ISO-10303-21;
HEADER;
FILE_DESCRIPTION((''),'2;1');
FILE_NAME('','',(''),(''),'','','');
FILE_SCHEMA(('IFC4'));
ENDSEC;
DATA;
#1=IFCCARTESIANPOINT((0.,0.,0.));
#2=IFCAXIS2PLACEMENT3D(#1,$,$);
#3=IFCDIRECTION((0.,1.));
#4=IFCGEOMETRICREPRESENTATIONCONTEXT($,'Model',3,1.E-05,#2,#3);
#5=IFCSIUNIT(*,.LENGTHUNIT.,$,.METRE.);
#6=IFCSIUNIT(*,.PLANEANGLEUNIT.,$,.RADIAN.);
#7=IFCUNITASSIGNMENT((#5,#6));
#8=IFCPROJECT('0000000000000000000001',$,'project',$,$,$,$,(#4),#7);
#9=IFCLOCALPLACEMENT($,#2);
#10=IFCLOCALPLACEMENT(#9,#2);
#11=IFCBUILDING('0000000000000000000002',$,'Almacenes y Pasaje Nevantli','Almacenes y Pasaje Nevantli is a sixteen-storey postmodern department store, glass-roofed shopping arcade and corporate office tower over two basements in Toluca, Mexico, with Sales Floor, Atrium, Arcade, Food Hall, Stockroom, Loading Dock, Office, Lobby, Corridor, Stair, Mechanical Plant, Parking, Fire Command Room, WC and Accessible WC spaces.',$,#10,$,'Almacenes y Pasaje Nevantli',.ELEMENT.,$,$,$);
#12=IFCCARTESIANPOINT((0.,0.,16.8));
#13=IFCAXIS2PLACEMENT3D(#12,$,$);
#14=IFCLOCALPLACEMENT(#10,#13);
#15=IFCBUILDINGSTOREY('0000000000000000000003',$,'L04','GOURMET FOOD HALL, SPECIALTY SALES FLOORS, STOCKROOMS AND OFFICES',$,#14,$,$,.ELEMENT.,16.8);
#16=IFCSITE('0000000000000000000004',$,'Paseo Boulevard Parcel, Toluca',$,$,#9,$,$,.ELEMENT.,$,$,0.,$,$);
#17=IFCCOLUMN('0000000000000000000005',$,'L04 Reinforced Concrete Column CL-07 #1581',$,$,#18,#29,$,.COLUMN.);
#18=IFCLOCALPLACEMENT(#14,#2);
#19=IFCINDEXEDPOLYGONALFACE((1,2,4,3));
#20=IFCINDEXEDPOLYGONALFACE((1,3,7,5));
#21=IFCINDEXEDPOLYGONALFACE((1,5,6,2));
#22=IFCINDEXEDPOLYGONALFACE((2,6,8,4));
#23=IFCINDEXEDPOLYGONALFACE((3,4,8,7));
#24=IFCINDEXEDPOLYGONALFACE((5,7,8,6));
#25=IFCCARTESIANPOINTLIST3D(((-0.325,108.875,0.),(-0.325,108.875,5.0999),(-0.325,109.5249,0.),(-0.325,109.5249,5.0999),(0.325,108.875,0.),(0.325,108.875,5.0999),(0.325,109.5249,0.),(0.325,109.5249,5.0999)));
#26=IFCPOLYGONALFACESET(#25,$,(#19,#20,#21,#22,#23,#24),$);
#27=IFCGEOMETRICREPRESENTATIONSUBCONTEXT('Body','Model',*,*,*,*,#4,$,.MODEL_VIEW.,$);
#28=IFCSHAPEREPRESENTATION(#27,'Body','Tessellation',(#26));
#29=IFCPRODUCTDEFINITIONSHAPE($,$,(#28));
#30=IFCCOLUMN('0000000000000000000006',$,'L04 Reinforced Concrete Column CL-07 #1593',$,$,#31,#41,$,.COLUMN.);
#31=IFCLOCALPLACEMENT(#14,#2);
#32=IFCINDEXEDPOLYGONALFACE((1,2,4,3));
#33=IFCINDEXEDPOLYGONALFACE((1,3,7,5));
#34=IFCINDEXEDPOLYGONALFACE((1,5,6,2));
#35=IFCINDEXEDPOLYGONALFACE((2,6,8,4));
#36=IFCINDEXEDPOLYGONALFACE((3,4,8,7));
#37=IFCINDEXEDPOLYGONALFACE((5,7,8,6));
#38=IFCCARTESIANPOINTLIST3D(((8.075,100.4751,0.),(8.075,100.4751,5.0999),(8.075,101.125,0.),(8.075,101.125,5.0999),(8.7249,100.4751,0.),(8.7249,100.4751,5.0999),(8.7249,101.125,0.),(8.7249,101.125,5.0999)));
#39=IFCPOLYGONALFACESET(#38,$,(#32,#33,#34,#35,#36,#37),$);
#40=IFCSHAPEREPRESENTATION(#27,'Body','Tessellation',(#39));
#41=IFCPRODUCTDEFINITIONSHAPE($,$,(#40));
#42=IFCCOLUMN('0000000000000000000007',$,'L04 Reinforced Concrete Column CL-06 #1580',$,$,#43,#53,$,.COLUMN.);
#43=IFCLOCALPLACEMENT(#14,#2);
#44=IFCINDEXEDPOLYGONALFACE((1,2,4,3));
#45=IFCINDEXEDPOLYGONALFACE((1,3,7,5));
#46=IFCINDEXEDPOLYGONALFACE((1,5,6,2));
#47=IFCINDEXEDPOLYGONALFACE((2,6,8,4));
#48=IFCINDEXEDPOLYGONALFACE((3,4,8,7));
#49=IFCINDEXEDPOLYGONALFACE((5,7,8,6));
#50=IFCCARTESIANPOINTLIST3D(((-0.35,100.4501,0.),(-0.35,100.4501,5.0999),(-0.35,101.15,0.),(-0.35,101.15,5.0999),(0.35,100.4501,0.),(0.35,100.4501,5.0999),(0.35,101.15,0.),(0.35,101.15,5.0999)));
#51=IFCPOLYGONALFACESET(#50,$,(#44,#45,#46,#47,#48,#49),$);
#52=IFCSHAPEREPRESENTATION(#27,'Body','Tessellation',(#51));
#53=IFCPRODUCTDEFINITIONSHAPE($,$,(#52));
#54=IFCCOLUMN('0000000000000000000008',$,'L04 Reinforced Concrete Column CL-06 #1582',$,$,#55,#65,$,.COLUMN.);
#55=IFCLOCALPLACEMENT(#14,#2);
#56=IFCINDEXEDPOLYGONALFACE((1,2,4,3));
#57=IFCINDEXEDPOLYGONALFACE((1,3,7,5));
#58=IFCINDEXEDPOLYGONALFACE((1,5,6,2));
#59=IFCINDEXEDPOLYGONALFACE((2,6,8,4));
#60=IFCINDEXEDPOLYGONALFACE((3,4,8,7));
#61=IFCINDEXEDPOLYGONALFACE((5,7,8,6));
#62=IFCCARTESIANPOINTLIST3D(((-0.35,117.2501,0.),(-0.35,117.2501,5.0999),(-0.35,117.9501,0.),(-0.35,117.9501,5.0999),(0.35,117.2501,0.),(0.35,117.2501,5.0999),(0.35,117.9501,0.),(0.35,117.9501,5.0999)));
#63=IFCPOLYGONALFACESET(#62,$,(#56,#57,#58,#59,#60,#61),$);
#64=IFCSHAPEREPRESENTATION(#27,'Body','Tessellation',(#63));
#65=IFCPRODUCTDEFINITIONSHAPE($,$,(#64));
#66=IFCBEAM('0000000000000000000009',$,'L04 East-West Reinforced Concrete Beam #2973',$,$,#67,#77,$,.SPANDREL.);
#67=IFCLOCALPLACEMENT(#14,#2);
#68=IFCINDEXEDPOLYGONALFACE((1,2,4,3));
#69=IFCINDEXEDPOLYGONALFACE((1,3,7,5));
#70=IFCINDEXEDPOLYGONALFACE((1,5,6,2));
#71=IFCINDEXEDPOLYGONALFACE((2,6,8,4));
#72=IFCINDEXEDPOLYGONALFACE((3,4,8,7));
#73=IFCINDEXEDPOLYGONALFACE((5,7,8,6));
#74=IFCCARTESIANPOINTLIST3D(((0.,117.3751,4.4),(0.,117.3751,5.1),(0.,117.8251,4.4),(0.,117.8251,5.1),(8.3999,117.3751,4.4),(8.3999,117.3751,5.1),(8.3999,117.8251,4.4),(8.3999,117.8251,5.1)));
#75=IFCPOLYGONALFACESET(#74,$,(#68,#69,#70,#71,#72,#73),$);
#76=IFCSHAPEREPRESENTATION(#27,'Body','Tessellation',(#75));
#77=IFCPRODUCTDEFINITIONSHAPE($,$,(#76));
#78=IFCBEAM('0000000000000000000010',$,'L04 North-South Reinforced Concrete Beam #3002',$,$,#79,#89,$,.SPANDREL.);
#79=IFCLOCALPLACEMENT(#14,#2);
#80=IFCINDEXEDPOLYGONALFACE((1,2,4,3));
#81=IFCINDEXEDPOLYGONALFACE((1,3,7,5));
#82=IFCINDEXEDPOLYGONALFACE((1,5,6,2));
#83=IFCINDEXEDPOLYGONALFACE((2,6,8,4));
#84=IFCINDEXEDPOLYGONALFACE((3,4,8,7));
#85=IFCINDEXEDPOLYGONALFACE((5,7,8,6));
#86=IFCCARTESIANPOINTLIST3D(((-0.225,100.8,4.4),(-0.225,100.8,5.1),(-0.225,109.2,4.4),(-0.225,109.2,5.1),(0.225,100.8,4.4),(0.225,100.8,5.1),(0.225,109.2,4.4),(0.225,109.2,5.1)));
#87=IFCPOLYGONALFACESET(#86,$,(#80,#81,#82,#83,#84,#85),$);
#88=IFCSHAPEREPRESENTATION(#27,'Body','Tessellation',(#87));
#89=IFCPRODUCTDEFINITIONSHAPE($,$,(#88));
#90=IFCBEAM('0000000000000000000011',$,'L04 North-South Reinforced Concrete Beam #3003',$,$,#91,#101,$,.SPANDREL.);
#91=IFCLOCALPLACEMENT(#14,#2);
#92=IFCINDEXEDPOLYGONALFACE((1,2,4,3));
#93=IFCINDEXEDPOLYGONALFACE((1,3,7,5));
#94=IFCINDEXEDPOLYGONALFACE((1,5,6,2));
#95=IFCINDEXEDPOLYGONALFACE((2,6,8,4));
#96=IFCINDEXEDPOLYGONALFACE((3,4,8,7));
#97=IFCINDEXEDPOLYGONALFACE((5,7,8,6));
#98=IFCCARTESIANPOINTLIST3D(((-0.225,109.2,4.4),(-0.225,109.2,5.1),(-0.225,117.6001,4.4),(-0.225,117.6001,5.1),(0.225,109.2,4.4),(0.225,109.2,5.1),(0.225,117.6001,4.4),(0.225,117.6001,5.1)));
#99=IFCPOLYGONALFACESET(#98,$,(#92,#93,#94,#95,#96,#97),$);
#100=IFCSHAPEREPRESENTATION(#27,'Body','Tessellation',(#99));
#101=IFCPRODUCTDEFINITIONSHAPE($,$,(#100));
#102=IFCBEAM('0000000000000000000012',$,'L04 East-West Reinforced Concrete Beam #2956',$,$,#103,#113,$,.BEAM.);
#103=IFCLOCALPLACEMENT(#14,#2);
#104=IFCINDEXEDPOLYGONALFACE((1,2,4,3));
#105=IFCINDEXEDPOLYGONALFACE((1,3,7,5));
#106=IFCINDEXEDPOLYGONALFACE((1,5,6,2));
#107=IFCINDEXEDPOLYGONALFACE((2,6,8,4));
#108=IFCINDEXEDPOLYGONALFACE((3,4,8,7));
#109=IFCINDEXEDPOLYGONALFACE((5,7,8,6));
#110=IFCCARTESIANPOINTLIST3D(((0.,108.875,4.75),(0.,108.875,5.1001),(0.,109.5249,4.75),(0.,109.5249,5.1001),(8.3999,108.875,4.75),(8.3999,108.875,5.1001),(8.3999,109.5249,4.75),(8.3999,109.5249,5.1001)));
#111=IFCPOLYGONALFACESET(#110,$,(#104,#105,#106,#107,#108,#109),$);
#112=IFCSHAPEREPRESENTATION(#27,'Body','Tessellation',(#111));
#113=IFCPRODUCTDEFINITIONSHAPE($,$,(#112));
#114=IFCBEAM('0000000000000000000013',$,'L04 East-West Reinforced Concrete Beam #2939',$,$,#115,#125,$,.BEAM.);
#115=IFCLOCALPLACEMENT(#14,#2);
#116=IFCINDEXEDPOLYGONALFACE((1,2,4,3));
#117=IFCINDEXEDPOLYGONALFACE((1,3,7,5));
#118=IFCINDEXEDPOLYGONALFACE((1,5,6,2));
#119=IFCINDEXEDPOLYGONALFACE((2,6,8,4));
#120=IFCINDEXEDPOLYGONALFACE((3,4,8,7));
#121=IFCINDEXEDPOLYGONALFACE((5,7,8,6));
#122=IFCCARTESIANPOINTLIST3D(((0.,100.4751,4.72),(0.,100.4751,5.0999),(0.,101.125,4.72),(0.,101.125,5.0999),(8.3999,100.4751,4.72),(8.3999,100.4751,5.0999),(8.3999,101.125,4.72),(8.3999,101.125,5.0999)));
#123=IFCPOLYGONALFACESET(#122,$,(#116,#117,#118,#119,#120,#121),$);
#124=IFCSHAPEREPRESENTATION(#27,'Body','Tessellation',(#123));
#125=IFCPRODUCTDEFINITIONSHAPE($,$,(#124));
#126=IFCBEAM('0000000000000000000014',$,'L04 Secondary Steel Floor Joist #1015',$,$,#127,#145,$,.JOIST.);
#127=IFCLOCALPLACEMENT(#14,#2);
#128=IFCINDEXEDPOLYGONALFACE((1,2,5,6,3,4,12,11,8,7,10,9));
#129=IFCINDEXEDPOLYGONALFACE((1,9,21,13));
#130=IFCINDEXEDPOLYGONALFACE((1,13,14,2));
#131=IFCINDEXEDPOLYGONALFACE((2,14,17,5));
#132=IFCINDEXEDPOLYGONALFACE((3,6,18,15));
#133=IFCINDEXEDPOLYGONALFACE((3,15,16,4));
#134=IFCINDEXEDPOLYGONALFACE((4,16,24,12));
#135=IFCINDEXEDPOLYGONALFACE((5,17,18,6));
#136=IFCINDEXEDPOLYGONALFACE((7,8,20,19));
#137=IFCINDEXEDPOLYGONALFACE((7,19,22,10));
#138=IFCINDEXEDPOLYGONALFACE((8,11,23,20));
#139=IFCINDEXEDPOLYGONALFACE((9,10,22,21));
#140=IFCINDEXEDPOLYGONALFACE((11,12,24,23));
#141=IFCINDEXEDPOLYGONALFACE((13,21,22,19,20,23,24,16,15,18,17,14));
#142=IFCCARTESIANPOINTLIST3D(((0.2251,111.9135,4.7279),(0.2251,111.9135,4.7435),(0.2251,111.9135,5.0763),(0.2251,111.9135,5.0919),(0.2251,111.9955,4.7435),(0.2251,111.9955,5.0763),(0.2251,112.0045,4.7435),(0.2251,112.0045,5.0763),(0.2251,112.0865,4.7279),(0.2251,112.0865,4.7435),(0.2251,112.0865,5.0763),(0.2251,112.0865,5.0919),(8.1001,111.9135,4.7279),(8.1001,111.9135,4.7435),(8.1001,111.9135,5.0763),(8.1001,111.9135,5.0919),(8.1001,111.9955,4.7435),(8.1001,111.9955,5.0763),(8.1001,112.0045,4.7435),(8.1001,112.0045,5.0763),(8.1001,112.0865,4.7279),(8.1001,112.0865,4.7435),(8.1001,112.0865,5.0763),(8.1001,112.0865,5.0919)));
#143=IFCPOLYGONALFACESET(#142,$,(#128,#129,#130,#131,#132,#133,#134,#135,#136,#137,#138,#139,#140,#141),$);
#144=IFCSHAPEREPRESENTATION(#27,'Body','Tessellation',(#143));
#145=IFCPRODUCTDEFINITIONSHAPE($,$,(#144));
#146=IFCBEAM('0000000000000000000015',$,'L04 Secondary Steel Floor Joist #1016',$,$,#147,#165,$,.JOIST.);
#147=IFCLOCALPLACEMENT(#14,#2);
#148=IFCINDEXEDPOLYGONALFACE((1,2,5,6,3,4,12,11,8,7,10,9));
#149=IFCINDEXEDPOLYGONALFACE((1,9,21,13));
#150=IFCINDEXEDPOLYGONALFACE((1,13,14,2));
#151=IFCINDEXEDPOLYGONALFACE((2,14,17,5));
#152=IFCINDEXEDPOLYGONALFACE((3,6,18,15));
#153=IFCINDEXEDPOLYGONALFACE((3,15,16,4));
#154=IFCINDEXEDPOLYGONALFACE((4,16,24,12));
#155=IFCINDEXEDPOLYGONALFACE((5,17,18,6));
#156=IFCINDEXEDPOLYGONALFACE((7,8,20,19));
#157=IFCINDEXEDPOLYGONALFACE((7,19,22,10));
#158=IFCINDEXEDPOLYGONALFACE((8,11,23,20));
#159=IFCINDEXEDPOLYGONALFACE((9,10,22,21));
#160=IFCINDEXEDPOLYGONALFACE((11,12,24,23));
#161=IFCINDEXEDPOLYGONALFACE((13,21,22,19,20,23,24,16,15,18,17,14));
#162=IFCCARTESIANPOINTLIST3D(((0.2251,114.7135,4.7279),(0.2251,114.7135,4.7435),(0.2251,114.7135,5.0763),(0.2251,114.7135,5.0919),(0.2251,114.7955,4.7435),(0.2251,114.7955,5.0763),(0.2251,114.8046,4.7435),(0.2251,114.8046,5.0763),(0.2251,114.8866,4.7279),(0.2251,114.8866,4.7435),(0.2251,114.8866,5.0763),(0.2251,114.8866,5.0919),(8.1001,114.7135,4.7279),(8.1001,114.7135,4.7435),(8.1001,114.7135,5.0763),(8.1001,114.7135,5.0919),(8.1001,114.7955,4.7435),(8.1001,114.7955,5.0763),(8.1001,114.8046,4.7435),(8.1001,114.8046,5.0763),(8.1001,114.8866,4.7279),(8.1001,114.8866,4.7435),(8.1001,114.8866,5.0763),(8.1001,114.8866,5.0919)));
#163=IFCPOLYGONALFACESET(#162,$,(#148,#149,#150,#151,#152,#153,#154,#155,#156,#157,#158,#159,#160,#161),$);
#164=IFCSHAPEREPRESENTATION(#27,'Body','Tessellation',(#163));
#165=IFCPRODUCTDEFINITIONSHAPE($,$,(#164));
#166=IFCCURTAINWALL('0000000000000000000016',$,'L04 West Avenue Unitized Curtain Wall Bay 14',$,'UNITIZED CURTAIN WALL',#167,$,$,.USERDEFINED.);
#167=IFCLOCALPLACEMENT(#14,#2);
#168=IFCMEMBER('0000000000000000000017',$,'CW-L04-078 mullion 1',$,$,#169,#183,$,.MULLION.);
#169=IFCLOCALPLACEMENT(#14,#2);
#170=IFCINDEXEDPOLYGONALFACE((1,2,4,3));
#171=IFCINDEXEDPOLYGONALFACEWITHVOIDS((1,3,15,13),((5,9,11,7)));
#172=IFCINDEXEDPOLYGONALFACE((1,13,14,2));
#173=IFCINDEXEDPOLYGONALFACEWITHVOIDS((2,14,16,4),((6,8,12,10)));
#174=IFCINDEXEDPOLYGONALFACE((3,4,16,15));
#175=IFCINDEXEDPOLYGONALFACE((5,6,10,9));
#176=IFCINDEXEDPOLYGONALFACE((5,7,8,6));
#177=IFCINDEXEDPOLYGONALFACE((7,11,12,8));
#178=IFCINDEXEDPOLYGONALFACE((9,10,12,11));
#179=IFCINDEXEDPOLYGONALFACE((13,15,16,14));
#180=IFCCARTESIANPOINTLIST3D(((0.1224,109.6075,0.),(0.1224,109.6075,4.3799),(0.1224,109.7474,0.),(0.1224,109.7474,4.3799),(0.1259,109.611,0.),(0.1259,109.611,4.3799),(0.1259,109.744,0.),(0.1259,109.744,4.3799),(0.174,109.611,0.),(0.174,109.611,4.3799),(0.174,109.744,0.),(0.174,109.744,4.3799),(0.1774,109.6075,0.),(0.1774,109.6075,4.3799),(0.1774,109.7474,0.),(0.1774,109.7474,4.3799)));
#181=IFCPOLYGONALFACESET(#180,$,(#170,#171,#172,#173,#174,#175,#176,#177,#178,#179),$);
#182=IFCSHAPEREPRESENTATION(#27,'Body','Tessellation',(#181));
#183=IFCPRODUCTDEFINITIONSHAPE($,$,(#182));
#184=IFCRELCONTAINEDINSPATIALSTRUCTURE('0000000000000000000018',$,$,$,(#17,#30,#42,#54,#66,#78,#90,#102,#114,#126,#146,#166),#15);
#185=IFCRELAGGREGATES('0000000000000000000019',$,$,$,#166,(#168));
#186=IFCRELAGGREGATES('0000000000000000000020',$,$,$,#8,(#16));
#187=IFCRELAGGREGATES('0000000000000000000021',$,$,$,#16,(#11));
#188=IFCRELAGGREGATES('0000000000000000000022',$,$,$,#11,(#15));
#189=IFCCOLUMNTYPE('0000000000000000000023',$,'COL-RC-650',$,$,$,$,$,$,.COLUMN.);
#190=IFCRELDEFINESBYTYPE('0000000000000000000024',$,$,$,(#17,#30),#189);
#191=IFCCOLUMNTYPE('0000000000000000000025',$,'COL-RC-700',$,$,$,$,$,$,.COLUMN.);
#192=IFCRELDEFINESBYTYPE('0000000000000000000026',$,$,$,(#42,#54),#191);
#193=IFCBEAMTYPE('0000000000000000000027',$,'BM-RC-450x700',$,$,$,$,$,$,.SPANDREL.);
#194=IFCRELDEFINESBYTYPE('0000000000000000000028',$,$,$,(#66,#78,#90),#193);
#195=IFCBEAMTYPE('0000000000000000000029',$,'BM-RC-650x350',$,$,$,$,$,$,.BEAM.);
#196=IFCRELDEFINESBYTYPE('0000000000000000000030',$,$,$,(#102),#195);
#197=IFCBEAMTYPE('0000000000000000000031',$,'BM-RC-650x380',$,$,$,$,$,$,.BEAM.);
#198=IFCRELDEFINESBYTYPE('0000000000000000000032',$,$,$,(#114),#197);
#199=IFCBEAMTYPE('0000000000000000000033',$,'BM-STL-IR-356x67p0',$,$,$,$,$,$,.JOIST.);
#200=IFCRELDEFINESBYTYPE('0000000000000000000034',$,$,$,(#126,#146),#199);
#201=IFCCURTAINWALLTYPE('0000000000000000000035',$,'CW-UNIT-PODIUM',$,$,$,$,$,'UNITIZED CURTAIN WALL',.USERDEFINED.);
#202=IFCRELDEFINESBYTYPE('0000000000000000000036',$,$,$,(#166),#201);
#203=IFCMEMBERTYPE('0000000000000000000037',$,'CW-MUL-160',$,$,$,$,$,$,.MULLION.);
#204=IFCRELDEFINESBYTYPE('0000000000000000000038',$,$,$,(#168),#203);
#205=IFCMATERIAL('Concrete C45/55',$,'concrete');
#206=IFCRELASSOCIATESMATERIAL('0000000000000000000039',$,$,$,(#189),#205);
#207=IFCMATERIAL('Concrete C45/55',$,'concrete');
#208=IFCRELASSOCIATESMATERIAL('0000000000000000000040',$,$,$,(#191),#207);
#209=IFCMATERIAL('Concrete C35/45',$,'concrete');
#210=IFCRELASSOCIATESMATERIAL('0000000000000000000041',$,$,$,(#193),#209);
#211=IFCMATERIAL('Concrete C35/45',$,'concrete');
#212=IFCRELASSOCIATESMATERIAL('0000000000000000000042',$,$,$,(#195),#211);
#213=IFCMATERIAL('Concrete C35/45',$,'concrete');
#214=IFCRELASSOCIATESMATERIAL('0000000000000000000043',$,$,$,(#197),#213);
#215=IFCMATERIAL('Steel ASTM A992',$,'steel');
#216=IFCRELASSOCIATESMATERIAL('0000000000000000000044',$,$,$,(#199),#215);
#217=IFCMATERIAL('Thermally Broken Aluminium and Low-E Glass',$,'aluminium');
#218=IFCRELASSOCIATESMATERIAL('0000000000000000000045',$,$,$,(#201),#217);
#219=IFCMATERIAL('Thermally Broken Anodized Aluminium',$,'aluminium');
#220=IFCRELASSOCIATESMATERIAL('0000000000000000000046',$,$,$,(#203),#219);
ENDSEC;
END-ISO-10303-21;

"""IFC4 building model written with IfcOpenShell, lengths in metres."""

from ifc_helpers import new_model, si_unit, direction, frame, origin, origin_2d, place, context, subcontext, project, spatial, rectangle, hollow_rectangle, i_section, extrude, material, material_profile, profile_set, type_object, element, aggregate, save


model = new_model("IFC4")

# Units and contexts
model_context = context("Model", 3, precision=1e-05, world=origin(), true_north=direction((0.0, 1.0)))
body_context = subcontext(model_context, "Body", "Model", "MODEL_VIEW")
ifc_project = project(units=[si_unit("LENGTHUNIT", "METRE"), si_unit("PLANEANGLEUNIT", "RADIAN")], contexts=[model_context])

# Site, building, storey
site_placement = place(None, origin())
site = spatial("IfcSite", under=ifc_project, at=site_placement, Name="Paseo Boulevard Parcel, Toluca", CompositionType="ELEMENT", RefElevation=0.0)
building_placement = place(site_placement, origin())
building = spatial("IfcBuilding", under=site, at=building_placement, Name="Almacenes y Pasaje Nevantli", Description="Almacenes y Pasaje Nevantli is a sixteen-storey postmodern department store, glass-roofed shopping arcade and corporate office tower over two basements in Toluca, Mexico, with Sales Floor, Atrium, Arcade, Food Hall, Stockroom, Loading Dock, Office, Lobby, Corridor, Stair, Mechanical Plant, Parking, Fire Command Room, WC and Accessible WC spaces.", LongName="Almacenes y Pasaje Nevantli", CompositionType="ELEMENT")
storey_placement = place(building_placement, frame((0.0, 0.0, 16.8)))
storey = spatial("IfcBuildingStorey", under=building, at=storey_placement, Name="L04", Description="GOURMET FOOD HALL, SPECIALTY SALES FLOORS, STOCKROOMS AND OFFICES", CompositionType="ELEMENT", Elevation=16.8)

# Columns
ifc_material_1 = material(Name="Concrete C45/55", Category="concrete")
ifc_material_profile_1 = material_profile(ifc_material_1, rectangle(XDim=0.6499, YDim=0.6499, at=origin_2d()), Name="RC-COL-650x650")
ifc_profile_set_1 = profile_set([ifc_material_profile_1], Name="Concrete C45/55")
column_type_1 = type_object("IfcColumnType", Name="COL-RC-650", PredefinedType="COLUMN", material=ifc_profile_set_1)
for number, where, z_axis, x_axis, name in (
    (1, (0.0, 109.2, 0.0), (0.0, 0.0, 1.0), (1.0, 0.0, 0.0), "L04 Reinforced Concrete Column CL-07 #1581"),
    (2, (8.3999, 100.8, 0.0), (0.0, 0.0, 1.0), (1.0, 0.0, 0.0), "L04 Reinforced Concrete Column CL-07 #1593"),
):
    element("IfcColumn", number, at=place(storey_placement, frame(where, z_axis=z_axis, x_axis=x_axis)), inside=storey, type_object=column_type_1, Name=name, PredefinedType="COLUMN", context=body_context, shape_type="SweptSolid", body=[
        extrude(rectangle(XDim=0.6499, YDim=0.6499, at=origin_2d()), origin(), (0.0, 0.0, 1.0), 5.0999),
    ])
ifc_material_2 = material(Name="Concrete C45/55", Category="concrete")
ifc_material_profile_2 = material_profile(ifc_material_2, rectangle(XDim=0.7, YDim=0.7, at=origin_2d()), Name="RC-COL-700x700")
ifc_profile_set_2 = profile_set([ifc_material_profile_2], Name="Concrete C45/55")
column_type_2 = type_object("IfcColumnType", Name="COL-RC-700", PredefinedType="COLUMN", material=ifc_profile_set_2)
for number, where, z_axis, x_axis, name in (
    (3, (0.0, 100.8, 0.0), (0.0, 0.0, 1.0), (1.0, 0.0, 0.0), "L04 Reinforced Concrete Column CL-06 #1580"),
    (4, (0.0, 117.6001, 0.0), (0.0, 0.0, 1.0), (1.0, 0.0, 0.0), "L04 Reinforced Concrete Column CL-06 #1582"),
):
    element("IfcColumn", number, at=place(storey_placement, frame(where, z_axis=z_axis, x_axis=x_axis)), inside=storey, type_object=column_type_2, Name=name, PredefinedType="COLUMN", context=body_context, shape_type="SweptSolid", body=[
        extrude(rectangle(XDim=0.7, YDim=0.7, at=origin_2d()), origin(), (0.0, 0.0, 1.0), 5.0999),
    ])

# Beams
ifc_material_3 = material(Name="Concrete C35/45", Category="concrete")
ifc_material_profile_3 = material_profile(ifc_material_3, rectangle(XDim=0.45, YDim=0.7, at=origin_2d()), Name="RC-BM-450x700")
ifc_profile_set_3 = profile_set([ifc_material_profile_3], Name="Concrete C35/45")
beam_type_1 = type_object("IfcBeamType", Name="BM-RC-450x700", PredefinedType="SPANDREL", material=ifc_profile_set_3)
for number, where, z_axis, x_axis, name in (
    (5, (0.0, 117.6001, 4.75), (1.0, 0.0, 0.0), (0.0, 1.0, 0.0), "L04 East-West Reinforced Concrete Beam #2973"),
    (6, (0.0, 100.8, 4.75), (0.0, 1.0, 0.0), (-1.0, 0.0, 0.0), "L04 North-South Reinforced Concrete Beam #3002"),
):
    element("IfcBeam", number, at=place(storey_placement, frame(where, z_axis=z_axis, x_axis=x_axis)), inside=storey, type_object=beam_type_1, Name=name, PredefinedType="SPANDREL", context=body_context, shape_type="SweptSolid", body=[
        extrude(rectangle(XDim=0.45, YDim=0.7, at=origin_2d()), origin(), (0.0, 0.0, 1.0), 8.3999),
    ])
beam_1_placement = place(storey_placement, frame((0.0, 109.2, 4.75), z_axis=(0.0, 1.0, 0.0), x_axis=(-1.0, 0.0, 0.0)))
element("IfcBeam", 7, at=beam_1_placement, inside=storey, type_object=beam_type_1, Name="L04 North-South Reinforced Concrete Beam #3003", PredefinedType="SPANDREL", context=body_context, shape_type="SweptSolid", body=[
    extrude(rectangle(XDim=0.45, YDim=0.7, at=origin_2d()), origin(), (0.0, 0.0, 1.0), 8.4001),
])
ifc_material_4 = material(Name="Concrete C35/45", Category="concrete")
ifc_material_profile_4 = material_profile(ifc_material_4, rectangle(XDim=0.6499, YDim=0.3501, at=origin_2d()), Name="RC-BM-650x350")
ifc_profile_set_4 = profile_set([ifc_material_profile_4], Name="Concrete C35/45")
beam_type_2 = type_object("IfcBeamType", Name="BM-RC-650x350", PredefinedType="BEAM", material=ifc_profile_set_4)
beam_2_placement = place(storey_placement, frame((0.0, 109.2, 4.925), z_axis=(1.0, 0.0, 0.0), x_axis=(0.0, 1.0, 0.0)))
element("IfcBeam", 8, at=beam_2_placement, inside=storey, type_object=beam_type_2, Name="L04 East-West Reinforced Concrete Beam #2956", PredefinedType="BEAM", context=body_context, shape_type="SweptSolid", body=[
    extrude(rectangle(XDim=0.6499, YDim=0.3501, at=origin_2d()), origin(), (0.0, 0.0, 1.0), 8.3999),
])
ifc_material_5 = material(Name="Concrete C35/45", Category="concrete")
ifc_material_profile_5 = material_profile(ifc_material_5, rectangle(XDim=0.6499, YDim=0.3799, at=origin_2d()), Name="RC-BM-650x380")
ifc_profile_set_5 = profile_set([ifc_material_profile_5], Name="Concrete C35/45")
beam_type_3 = type_object("IfcBeamType", Name="BM-RC-650x380", PredefinedType="BEAM", material=ifc_profile_set_5)
beam_3_placement = place(storey_placement, frame((0.0, 100.8, 4.9099), z_axis=(1.0, 0.0, 0.0), x_axis=(0.0, 1.0, 0.0)))
element("IfcBeam", 9, at=beam_3_placement, inside=storey, type_object=beam_type_3, Name="L04 East-West Reinforced Concrete Beam #2939", PredefinedType="BEAM", context=body_context, shape_type="SweptSolid", body=[
    extrude(rectangle(XDim=0.6499, YDim=0.3799, at=origin_2d()), origin(), (0.0, 0.0, 1.0), 8.3999),
])
ifc_material_6 = material(Name="Steel ASTM A992", Category="steel")
ifc_material_profile_6 = material_profile(ifc_material_6, i_section(OverallWidth=0.1731, OverallDepth=0.364, WebThickness=0.009, FlangeThickness=0.0156, at=origin_2d()), Name="IR 356x67.0")
ifc_profile_set_6 = profile_set([ifc_material_profile_6], Name="Steel ASTM A992")
beam_type_4 = type_object("IfcBeamType", Name="BM-STL-IR-356x67p0", PredefinedType="JOIST", material=ifc_profile_set_6)
for number, where, z_axis, x_axis, name in (
    (10, (0.2251, 112.0, 4.9099), (1.0, 0.0, 0.0), (0.0, 1.0, 0.0), "L04 Secondary Steel Floor Joist #1015"),
    (11, (0.2251, 114.8, 4.9099), (1.0, 0.0, 0.0), (0.0, 1.0, 0.0), "L04 Secondary Steel Floor Joist #1016"),
):
    element("IfcBeam", number, at=place(storey_placement, frame(where, z_axis=z_axis, x_axis=x_axis)), inside=storey, type_object=beam_type_4, Name=name, PredefinedType="JOIST", context=body_context, shape_type="SweptSolid", body=[
        extrude(i_section(OverallWidth=0.1731, OverallDepth=0.364, WebThickness=0.009, FlangeThickness=0.0156, at=origin_2d()), origin(), (0.0, 0.0, 1.0), 7.875),
    ])

# Curtain wall, member
ifc_material_7 = material(Name="Thermally Broken Aluminium and Low-E Glass", Category="aluminium")
curtain_wall_type = type_object("IfcCurtainWallType", Name="CW-UNIT-PODIUM", ElementType="UNITIZED CURTAIN WALL", PredefinedType="USERDEFINED", material=ifc_material_7)
curtain_wall_placement = place(storey_placement, origin())
curtain_wall = element("IfcCurtainWall", 12, at=curtain_wall_placement, inside=storey, type_object=curtain_wall_type, Name="L04 West Avenue Unitized Curtain Wall Bay 14", ObjectType="UNITIZED CURTAIN WALL", PredefinedType="USERDEFINED")
ifc_material_8 = material(Name="Thermally Broken Anodized Aluminium", Category="aluminium")
ifc_material_profile_7 = material_profile(ifc_material_8, hollow_rectangle(XDim=0.0549, YDim=0.1399, WallThickness=0.0034, at=origin_2d()), Name="ALU-MUL-55x140")
ifc_profile_set_7 = profile_set([ifc_material_profile_7], Name="Thermally Broken Anodized Aluminium")
member_type_1 = type_object("IfcMemberType", Name="CW-MUL-160", PredefinedType="MULLION", material=ifc_profile_set_7)
member_1_placement = place(storey_placement, frame((0.1499, 109.6775, 0.0), z_axis=(0.0, 0.0, 1.0), x_axis=(-1.0, 0.0, 0.0)))
member_1 = element("IfcMember", 13, at=member_1_placement, type_object=member_type_1, Name="CW-L04-078 mullion 1", PredefinedType="MULLION", context=body_context, shape_type="SweptSolid", body=[
    extrude(hollow_rectangle(XDim=0.0549, YDim=0.1399, WallThickness=0.0034, at=origin_2d()), origin(), (0.0, 0.0, 1.0), 4.3799),
])
aggregate(curtain_wall, [member_1])

save(model, "model.ifc")
